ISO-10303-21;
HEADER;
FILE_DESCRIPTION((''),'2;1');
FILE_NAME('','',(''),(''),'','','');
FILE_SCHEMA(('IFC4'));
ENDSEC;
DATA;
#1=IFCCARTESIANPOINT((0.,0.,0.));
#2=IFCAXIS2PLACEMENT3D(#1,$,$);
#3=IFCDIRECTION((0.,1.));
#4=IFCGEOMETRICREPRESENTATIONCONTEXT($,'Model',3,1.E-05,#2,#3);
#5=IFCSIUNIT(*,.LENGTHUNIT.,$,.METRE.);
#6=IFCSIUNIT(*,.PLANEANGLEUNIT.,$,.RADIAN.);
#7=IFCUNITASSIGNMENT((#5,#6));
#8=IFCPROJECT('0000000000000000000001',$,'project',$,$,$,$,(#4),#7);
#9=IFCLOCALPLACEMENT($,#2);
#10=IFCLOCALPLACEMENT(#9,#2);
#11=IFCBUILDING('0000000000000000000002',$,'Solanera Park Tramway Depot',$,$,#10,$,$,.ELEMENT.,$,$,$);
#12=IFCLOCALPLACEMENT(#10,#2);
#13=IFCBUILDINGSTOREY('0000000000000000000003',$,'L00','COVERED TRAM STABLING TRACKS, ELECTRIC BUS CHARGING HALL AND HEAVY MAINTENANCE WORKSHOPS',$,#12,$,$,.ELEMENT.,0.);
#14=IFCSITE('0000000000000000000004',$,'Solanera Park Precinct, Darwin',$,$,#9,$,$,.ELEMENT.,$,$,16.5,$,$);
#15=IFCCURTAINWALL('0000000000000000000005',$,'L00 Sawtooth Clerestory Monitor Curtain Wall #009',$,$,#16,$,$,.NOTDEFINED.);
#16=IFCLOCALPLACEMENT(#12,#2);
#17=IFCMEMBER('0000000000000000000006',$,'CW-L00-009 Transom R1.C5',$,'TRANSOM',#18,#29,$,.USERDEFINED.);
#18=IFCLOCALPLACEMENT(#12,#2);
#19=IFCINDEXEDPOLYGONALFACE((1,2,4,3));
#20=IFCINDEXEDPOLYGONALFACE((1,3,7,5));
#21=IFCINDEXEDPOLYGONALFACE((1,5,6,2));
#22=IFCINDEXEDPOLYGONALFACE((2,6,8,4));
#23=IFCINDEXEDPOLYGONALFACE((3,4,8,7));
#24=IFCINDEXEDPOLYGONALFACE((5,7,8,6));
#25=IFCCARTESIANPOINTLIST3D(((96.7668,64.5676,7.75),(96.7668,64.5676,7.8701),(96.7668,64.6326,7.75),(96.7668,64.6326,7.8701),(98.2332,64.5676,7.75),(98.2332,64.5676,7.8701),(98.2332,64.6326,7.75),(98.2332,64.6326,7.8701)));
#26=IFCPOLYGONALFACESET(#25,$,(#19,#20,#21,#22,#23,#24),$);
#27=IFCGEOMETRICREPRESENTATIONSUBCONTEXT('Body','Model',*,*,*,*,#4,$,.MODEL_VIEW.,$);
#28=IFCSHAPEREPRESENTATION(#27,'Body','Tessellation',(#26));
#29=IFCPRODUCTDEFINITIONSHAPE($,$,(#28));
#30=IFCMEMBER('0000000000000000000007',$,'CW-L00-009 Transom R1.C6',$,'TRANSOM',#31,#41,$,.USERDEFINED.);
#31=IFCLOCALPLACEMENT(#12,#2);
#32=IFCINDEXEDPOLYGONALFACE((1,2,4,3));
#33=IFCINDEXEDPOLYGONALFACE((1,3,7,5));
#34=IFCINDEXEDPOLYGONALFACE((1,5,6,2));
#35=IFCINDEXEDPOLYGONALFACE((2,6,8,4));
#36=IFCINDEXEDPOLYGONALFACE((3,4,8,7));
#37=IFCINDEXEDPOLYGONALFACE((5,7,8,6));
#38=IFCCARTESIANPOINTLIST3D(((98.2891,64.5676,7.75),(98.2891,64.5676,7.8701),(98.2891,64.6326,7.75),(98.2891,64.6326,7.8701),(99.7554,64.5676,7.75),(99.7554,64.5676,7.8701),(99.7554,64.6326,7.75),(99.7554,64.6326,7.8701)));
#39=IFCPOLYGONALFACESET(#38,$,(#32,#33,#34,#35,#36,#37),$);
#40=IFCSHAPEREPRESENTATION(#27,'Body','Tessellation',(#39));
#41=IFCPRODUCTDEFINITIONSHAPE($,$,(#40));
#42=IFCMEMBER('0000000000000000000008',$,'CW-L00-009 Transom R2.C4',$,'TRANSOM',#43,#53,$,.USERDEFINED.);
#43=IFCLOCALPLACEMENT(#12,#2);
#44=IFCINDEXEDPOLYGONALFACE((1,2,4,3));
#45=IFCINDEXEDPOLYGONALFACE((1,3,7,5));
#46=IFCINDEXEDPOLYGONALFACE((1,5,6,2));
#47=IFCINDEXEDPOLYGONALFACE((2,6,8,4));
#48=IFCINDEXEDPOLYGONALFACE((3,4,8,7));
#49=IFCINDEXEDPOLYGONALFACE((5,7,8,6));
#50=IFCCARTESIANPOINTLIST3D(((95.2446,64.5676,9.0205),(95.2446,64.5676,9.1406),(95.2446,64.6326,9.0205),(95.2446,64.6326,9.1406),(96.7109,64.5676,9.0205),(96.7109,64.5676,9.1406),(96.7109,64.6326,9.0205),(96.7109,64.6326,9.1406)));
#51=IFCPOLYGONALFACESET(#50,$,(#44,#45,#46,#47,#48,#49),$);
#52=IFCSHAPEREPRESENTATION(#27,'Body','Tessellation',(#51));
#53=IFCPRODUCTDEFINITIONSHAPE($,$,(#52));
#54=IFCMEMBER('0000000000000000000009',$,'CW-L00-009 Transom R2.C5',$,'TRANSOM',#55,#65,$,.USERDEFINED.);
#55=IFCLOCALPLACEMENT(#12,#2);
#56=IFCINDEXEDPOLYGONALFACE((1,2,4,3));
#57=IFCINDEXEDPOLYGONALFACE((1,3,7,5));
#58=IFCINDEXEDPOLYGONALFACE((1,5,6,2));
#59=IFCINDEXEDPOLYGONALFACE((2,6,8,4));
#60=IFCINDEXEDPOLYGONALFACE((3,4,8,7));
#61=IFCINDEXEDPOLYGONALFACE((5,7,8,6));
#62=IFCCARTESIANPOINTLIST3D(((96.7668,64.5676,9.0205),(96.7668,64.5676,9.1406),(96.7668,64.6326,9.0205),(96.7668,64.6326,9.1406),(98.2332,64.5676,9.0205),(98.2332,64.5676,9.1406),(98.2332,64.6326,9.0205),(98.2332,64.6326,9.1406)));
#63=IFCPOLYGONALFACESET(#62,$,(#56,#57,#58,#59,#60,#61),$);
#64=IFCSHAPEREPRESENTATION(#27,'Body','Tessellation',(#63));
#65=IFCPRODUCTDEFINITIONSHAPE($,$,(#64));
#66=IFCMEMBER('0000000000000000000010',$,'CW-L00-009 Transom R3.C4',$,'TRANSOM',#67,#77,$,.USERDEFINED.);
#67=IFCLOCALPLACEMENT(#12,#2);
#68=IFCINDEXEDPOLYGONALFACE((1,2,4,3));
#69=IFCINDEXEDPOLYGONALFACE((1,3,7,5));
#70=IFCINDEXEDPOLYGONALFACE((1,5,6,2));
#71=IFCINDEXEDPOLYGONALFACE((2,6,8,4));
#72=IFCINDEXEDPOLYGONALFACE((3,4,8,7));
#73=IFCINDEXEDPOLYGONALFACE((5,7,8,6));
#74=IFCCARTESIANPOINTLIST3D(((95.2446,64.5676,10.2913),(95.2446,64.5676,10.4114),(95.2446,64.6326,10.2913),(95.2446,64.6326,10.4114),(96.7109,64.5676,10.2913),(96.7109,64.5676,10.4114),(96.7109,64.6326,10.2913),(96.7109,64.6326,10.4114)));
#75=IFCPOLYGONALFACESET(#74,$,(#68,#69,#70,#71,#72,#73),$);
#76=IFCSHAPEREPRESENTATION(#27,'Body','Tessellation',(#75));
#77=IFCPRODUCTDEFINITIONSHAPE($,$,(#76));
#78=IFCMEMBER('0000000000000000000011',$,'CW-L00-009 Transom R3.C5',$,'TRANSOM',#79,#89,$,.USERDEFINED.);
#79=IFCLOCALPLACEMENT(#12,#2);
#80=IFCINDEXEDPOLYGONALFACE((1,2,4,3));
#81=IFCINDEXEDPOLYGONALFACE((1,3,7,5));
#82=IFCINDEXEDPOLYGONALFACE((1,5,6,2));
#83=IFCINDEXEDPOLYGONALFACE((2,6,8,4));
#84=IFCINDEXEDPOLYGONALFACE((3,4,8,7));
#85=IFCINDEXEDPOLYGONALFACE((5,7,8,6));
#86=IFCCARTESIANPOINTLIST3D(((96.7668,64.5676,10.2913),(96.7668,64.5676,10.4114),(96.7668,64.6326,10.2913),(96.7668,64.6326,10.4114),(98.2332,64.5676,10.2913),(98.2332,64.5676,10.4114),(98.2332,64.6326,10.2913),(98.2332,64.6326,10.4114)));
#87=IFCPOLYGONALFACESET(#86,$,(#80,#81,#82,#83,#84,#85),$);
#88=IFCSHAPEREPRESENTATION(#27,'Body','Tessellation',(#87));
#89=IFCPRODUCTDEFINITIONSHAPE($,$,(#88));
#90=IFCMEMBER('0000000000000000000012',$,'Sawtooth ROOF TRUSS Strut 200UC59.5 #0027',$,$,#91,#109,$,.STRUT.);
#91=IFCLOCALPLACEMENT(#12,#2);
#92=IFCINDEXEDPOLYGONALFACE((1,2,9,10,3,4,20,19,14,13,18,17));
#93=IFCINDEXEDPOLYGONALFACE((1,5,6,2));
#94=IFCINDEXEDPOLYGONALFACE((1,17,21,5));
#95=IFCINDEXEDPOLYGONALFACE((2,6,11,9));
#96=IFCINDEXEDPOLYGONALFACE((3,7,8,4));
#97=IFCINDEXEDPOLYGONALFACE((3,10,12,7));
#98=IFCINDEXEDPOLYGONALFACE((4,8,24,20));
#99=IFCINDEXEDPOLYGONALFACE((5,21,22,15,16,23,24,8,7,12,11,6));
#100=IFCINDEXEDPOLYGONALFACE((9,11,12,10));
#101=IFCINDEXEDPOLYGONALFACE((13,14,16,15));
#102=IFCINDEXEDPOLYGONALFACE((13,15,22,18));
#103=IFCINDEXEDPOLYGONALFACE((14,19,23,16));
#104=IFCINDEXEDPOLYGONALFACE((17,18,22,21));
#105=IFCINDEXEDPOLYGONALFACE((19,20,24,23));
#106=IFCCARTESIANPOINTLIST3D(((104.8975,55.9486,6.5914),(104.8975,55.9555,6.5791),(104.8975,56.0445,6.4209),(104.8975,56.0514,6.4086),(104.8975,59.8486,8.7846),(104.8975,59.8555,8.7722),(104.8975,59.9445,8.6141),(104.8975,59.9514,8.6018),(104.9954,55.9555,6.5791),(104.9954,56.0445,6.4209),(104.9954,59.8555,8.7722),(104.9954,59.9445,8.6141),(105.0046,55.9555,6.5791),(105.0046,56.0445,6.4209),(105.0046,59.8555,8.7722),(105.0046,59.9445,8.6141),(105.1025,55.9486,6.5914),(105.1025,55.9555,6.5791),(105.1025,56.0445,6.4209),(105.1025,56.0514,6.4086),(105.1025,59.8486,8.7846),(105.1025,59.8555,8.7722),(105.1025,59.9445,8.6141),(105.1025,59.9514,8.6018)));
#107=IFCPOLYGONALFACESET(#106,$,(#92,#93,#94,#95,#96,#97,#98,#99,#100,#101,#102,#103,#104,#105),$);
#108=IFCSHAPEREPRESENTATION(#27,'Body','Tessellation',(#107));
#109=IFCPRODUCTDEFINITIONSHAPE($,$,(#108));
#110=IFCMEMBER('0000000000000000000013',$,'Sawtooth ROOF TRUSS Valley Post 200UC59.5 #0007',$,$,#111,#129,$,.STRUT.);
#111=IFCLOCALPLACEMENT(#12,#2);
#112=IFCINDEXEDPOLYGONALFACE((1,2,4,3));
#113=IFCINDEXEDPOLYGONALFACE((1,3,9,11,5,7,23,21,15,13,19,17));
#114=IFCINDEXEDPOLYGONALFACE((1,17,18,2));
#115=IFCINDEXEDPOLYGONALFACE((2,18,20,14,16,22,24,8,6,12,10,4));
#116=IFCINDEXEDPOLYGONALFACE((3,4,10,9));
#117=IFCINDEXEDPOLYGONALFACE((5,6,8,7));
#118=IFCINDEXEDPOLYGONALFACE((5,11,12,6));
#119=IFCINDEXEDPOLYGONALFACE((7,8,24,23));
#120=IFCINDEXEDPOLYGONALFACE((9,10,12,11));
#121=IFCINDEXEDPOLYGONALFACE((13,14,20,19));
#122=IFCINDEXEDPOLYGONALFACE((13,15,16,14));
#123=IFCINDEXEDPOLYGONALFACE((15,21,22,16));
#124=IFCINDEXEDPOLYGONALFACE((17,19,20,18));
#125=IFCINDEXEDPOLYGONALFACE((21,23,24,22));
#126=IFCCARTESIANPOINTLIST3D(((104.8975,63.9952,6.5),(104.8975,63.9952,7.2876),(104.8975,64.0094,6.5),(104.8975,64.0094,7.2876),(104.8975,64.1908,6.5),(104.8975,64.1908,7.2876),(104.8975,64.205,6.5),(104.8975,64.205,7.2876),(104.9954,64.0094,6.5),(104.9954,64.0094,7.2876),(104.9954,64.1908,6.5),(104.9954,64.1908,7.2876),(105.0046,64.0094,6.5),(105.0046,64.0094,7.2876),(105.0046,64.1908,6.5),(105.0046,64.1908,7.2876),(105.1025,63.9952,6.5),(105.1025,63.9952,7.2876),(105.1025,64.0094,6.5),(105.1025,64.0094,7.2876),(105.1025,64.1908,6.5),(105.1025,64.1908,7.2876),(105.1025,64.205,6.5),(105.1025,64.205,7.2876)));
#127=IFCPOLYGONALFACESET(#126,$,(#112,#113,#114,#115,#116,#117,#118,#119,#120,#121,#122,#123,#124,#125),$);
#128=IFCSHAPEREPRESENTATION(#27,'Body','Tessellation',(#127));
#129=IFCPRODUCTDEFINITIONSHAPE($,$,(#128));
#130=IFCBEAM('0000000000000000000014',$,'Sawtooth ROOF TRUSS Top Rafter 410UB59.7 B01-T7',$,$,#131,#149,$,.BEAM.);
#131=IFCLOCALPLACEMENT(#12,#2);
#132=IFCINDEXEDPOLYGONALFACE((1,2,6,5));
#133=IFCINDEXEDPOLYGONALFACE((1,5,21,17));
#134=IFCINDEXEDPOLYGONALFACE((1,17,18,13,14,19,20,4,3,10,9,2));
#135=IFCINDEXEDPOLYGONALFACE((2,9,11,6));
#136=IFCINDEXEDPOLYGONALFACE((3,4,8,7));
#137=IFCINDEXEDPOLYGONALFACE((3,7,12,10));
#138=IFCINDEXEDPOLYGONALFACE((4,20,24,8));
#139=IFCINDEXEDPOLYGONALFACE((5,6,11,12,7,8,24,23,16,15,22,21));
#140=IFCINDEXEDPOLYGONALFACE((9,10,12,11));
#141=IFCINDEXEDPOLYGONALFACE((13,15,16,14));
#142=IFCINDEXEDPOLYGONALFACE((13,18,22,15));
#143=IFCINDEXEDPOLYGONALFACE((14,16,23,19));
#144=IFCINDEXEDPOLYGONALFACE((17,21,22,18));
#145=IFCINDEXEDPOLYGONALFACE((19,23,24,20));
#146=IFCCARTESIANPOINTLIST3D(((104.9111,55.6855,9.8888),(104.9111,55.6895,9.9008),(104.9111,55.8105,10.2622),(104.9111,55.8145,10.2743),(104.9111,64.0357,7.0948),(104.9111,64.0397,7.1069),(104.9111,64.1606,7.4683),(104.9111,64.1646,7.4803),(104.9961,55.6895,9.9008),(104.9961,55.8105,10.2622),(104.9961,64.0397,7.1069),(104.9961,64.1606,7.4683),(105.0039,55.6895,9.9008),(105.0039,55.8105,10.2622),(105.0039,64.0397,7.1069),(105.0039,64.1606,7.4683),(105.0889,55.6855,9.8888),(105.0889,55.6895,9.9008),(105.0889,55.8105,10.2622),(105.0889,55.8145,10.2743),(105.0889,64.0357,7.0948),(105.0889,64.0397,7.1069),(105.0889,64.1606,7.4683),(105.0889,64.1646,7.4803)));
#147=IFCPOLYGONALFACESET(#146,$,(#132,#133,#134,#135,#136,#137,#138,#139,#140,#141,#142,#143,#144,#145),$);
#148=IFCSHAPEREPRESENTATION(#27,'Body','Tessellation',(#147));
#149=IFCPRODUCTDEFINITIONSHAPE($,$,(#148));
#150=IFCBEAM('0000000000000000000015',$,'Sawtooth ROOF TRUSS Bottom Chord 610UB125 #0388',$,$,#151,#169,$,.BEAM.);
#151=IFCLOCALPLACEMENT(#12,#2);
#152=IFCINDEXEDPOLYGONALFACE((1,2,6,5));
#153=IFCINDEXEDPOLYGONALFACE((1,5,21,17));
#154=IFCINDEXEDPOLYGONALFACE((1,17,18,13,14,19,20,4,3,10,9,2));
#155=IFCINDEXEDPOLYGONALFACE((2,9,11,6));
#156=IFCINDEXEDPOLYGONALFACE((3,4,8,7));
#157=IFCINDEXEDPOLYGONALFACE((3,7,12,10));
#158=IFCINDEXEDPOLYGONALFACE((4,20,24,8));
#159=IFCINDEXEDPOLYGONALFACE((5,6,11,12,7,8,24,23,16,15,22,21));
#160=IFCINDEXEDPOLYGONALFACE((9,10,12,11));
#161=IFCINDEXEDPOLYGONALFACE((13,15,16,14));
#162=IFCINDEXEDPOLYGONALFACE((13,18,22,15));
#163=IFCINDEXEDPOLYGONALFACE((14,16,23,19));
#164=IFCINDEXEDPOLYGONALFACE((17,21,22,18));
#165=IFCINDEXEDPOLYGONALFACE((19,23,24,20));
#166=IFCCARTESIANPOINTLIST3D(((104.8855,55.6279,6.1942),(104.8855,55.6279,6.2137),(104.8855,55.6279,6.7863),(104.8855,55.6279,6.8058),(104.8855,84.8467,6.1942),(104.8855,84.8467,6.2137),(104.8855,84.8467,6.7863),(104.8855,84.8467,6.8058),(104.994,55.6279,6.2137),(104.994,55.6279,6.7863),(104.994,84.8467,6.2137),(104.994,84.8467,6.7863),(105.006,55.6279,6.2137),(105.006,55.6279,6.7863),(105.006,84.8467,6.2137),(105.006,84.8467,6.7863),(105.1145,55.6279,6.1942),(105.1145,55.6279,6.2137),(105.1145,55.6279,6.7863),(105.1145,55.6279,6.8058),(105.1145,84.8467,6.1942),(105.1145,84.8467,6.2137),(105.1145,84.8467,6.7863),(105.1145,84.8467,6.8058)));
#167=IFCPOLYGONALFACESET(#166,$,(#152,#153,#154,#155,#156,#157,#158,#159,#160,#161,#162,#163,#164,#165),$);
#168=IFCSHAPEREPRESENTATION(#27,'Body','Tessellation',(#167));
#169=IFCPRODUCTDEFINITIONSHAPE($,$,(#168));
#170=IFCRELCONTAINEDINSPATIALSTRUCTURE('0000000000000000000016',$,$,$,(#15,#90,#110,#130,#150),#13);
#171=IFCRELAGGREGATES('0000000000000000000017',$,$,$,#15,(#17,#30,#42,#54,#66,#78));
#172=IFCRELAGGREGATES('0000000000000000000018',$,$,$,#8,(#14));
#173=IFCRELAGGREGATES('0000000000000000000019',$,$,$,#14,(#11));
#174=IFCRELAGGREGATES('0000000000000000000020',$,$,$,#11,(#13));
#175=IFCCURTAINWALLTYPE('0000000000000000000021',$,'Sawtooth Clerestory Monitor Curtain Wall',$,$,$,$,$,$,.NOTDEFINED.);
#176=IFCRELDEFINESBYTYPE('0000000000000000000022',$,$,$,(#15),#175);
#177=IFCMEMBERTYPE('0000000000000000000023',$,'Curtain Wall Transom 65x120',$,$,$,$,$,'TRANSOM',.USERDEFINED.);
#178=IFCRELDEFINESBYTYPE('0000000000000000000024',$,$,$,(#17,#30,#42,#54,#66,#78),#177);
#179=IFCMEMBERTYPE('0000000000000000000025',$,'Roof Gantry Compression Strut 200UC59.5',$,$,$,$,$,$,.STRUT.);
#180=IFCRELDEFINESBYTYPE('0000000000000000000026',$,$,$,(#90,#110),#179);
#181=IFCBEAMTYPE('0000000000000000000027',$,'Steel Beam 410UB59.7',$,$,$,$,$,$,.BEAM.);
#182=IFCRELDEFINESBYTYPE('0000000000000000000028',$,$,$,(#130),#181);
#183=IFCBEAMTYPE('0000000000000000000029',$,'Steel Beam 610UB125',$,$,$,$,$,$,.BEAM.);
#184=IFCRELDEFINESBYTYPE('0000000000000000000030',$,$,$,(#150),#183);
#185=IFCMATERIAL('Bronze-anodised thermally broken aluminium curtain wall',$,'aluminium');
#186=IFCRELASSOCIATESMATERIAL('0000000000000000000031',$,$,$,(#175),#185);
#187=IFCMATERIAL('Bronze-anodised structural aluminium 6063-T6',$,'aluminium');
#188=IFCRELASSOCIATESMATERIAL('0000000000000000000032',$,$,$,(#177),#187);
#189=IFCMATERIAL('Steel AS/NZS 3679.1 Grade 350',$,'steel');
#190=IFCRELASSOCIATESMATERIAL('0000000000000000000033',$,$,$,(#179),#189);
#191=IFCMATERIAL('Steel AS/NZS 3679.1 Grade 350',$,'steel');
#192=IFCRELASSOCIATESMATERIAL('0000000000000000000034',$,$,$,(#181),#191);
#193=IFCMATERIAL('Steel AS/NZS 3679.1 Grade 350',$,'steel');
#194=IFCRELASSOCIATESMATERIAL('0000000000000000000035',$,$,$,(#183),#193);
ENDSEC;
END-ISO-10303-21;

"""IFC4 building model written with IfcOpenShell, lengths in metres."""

from ifc_helpers import new_model, si_unit, direction, frame, origin, origin_2d, place, context, subcontext, project, spatial, rectangle, i_section, extrude, material, material_profile, profile_set, type_object, element, aggregate, save


model = new_model("IFC4")

# Units and contexts
model_context = context("Model", 3, precision=1e-05, world=origin(), true_north=direction((0.0, 1.0)))
body_context = subcontext(model_context, "Body", "Model", "MODEL_VIEW")
ifc_project = project(units=[si_unit("LENGTHUNIT", "METRE"), si_unit("PLANEANGLEUNIT", "RADIAN")], contexts=[model_context])

# Site, building, storey
site_placement = place(None, origin())
site = spatial("IfcSite", under=ifc_project, at=site_placement, Name="Solanera Park Precinct, Darwin", CompositionType="ELEMENT", RefElevation=16.5)
building_placement = place(site_placement, origin())
building = spatial("IfcBuilding", under=site, at=building_placement, Name="Solanera Park Tramway Depot", CompositionType="ELEMENT")
storey_placement = place(building_placement, origin())
storey = spatial("IfcBuildingStorey", under=building, at=storey_placement, Name="L00", Description="COVERED TRAM STABLING TRACKS, ELECTRIC BUS CHARGING HALL AND HEAVY MAINTENANCE WORKSHOPS", CompositionType="ELEMENT", Elevation=0.0)

# Curtain wall, members
ifc_material_1 = material(Name="Bronze-anodised thermally broken aluminium curtain wall", Category="aluminium")
curtain_wall_type = type_object("IfcCurtainWallType", Name="Sawtooth Clerestory Monitor Curtain Wall", PredefinedType="NOTDEFINED", material=ifc_material_1)
curtain_wall_placement = place(storey_placement, origin())
curtain_wall = element("IfcCurtainWall", 1, at=curtain_wall_placement, inside=storey, type_object=curtain_wall_type, Name="L00 Sawtooth Clerestory Monitor Curtain Wall #009", PredefinedType="NOTDEFINED")
ifc_material_2 = material(Name="Bronze-anodised structural aluminium 6063-T6", Category="aluminium")
ifc_material_profile_1 = material_profile(ifc_material_2, rectangle(XDim=0.0649, YDim=0.1201, at=origin_2d()), Name="Curtain Wall Transom 65x120")
ifc_profile_set_1 = profile_set([ifc_material_profile_1], Name="Bronze-anodised structural aluminium 6063-T6")
member_type_1 = type_object("IfcMemberType", Name="Curtain Wall Transom 65x120", ElementType="TRANSOM", PredefinedType="USERDEFINED", material=ifc_profile_set_1)
member_1_placement = place(storey_placement, frame((96.7668, 64.6001, 7.8101), z_axis=(1.0, 0.0, 0.0), x_axis=(0.0, 1.0, 0.0)))
member_1 = element("IfcMember", 2, at=member_1_placement, type_object=member_type_1, Name="CW-L00-009 Transom R1.C5", ObjectType="TRANSOM", PredefinedType="USERDEFINED", context=body_context, shape_type="SweptSolid", body=[
    extrude(rectangle(XDim=0.0649, YDim=0.1201, at=origin_2d()), origin(), (0.0, 0.0, 1.0), 1.4663),
])
member_2_placement = place(storey_placement, frame((98.2891, 64.6001, 7.8101), z_axis=(1.0, 0.0, 0.0), x_axis=(0.0, 1.0, 0.0)))
member_2 = element("IfcMember", 3, at=member_2_placement, type_object=member_type_1, Name="CW-L00-009 Transom R1.C6", ObjectType="TRANSOM", PredefinedType="USERDEFINED", context=body_context, shape_type="SweptSolid", body=[
    extrude(rectangle(XDim=0.0649, YDim=0.1201, at=origin_2d()), origin(), (0.0, 0.0, 1.0), 1.4663),
])
member_3_placement = place(storey_placement, frame((95.2446, 64.6001, 9.0806), z_axis=(1.0, 0.0, 0.0), x_axis=(0.0, 1.0, 0.0)))
member_3 = element("IfcMember", 4, at=member_3_placement, type_object=member_type_1, Name="CW-L00-009 Transom R2.C4", ObjectType="TRANSOM", PredefinedType="USERDEFINED", context=body_context, shape_type="SweptSolid", body=[
    extrude(rectangle(XDim=0.0649, YDim=0.1201, at=origin_2d()), origin(), (0.0, 0.0, 1.0), 1.4663),
])
member_4_placement = place(storey_placement, frame((96.7668, 64.6001, 9.0806), z_axis=(1.0, 0.0, 0.0), x_axis=(0.0, 1.0, 0.0)))
member_4 = element("IfcMember", 5, at=member_4_placement, type_object=member_type_1, Name="CW-L00-009 Transom R2.C5", ObjectType="TRANSOM", PredefinedType="USERDEFINED", context=body_context, shape_type="SweptSolid", body=[
    extrude(rectangle(XDim=0.0649, YDim=0.1201, at=origin_2d()), origin(), (0.0, 0.0, 1.0), 1.4663),
])
member_5_placement = place(storey_placement, frame((95.2446, 64.6001, 10.3513), z_axis=(1.0, 0.0, 0.0), x_axis=(0.0, 1.0, 0.0)))
member_5 = element("IfcMember", 6, at=member_5_placement, type_object=member_type_1, Name="CW-L00-009 Transom R3.C4", ObjectType="TRANSOM", PredefinedType="USERDEFINED", context=body_context, shape_type="SweptSolid", body=[
    extrude(rectangle(XDim=0.0649, YDim=0.1201, at=origin_2d()), origin(), (0.0, 0.0, 1.0), 1.4663),
])
member_6_placement = place(storey_placement, frame((96.7668, 64.6001, 10.3513), z_axis=(1.0, 0.0, 0.0), x_axis=(0.0, 1.0, 0.0)))
member_6 = element("IfcMember", 7, at=member_6_placement, type_object=member_type_1, Name="CW-L00-009 Transom R3.C5", ObjectType="TRANSOM", PredefinedType="USERDEFINED", context=body_context, shape_type="SweptSolid", body=[
    extrude(rectangle(XDim=0.0649, YDim=0.1201, at=origin_2d()), origin(), (0.0, 0.0, 1.0), 1.4663),
])

# Members
ifc_material_3 = material(Name="Steel AS/NZS 3679.1 Grade 350", Category="steel")
ifc_material_profile_2 = material_profile(ifc_material_3, i_section(OverallWidth=0.2051, OverallDepth=0.2097, WebThickness=0.0093, FlangeThickness=0.0142, at=origin_2d()), Name="200UC59.5")
ifc_profile_set_2 = profile_set([ifc_material_profile_2], Name="Steel AS/NZS 3679.1 Grade 350")
member_type_2 = type_object("IfcMemberType", Name="Roof Gantry Compression Strut 200UC59.5", PredefinedType="STRUT", material=ifc_profile_set_2)
member_7_placement = place(storey_placement, frame((105.0, 56.0, 6.5), z_axis=(0.0, 0.871631, 0.490163), x_axis=(-1.0, 0.0, 0.0)))
element("IfcMember", 8, at=member_7_placement, inside=storey, type_object=member_type_2, Name="Sawtooth ROOF TRUSS Strut 200UC59.5 #0027", PredefinedType="STRUT", context=body_context, shape_type="SweptSolid", body=[
    extrude(i_section(OverallWidth=0.2051, OverallDepth=0.2097, WebThickness=0.0093, FlangeThickness=0.0142, at=origin_2d()), origin(), (0.0, 0.0, 1.0), 4.4744),
])
member_8_placement = place(storey_placement, frame((105.0, 64.1001, 6.5), z_axis=(0.0, 0.0, 1.0), x_axis=(1.0, 0.0, 0.0)))
element("IfcMember", 9, at=member_8_placement, inside=storey, type_object=member_type_2, Name="Sawtooth ROOF TRUSS Valley Post 200UC59.5 #0007", PredefinedType="STRUT", context=body_context, shape_type="SweptSolid", body=[
    extrude(i_section(OverallWidth=0.2051, OverallDepth=0.2097, WebThickness=0.0093, FlangeThickness=0.0142, at=origin_2d()), origin(), (0.0, 0.0, 1.0), 0.7876),
])

# Beams
ifc_material_4 = material(Name="Steel AS/NZS 3679.1 Grade 350", Category="steel")
ifc_material_profile_3 = material_profile(ifc_material_4, i_section(OverallWidth=0.1777, OverallDepth=0.4065, WebThickness=0.0078, FlangeThickness=0.0127, at=origin_2d()), Name="410UB59.7")
ifc_profile_set_3 = profile_set([ifc_material_profile_3], Name="Steel AS/NZS 3679.1 Grade 350")
beam_type_1 = type_object("IfcBeamType", Name="Steel Beam 410UB59.7", PredefinedType="BEAM", material=ifc_profile_set_3)
beam_1_placement = place(storey_placement, frame((105.0, 55.75, 10.0815), z_axis=(0.0, 0.948322, -0.317309), x_axis=(-1.0, 0.0, 0.0)))
element("IfcBeam", 10, at=beam_1_placement, inside=storey, type_object=beam_type_1, Name="Sawtooth ROOF TRUSS Top Rafter 410UB59.7 B01-T7", PredefinedType="BEAM", context=body_context, shape_type="SweptSolid", body=[
    extrude(i_section(OverallWidth=0.1777, OverallDepth=0.4065, WebThickness=0.0078, FlangeThickness=0.0127, at=origin_2d()), origin(), (0.0, 0.0, 1.0), 8.8052),
])
ifc_material_5 = material(Name="Steel AS/NZS 3679.1 Grade 350", Category="steel")
ifc_material_profile_4 = material_profile(ifc_material_5, i_section(OverallWidth=0.229, OverallDepth=0.6116, WebThickness=0.012, FlangeThickness=0.0195, at=origin_2d()), Name="610UB125")
ifc_profile_set_4 = profile_set([ifc_material_profile_4], Name="Steel AS/NZS 3679.1 Grade 350")
beam_type_2 = type_object("IfcBeamType", Name="Steel Beam 610UB125", PredefinedType="BEAM", material=ifc_profile_set_4)
beam_2_placement = place(storey_placement, frame((105.0, 55.6279, 6.5), z_axis=(0.0, 1.0, 0.0), x_axis=(-1.0, 0.0, 0.0)))
element("IfcBeam", 11, at=beam_2_placement, inside=storey, type_object=beam_type_2, Name="Sawtooth ROOF TRUSS Bottom Chord 610UB125 #0388", PredefinedType="BEAM", context=body_context, shape_type="SweptSolid", body=[
    extrude(i_section(OverallWidth=0.229, OverallDepth=0.6116, WebThickness=0.012, FlangeThickness=0.0195, at=origin_2d()), origin(), (0.0, 0.0, 1.0), 29.2188),
])

aggregate(curtain_wall, [member_1, member_2, member_3, member_4, member_5, member_6])

save(model, "model.ifc")
